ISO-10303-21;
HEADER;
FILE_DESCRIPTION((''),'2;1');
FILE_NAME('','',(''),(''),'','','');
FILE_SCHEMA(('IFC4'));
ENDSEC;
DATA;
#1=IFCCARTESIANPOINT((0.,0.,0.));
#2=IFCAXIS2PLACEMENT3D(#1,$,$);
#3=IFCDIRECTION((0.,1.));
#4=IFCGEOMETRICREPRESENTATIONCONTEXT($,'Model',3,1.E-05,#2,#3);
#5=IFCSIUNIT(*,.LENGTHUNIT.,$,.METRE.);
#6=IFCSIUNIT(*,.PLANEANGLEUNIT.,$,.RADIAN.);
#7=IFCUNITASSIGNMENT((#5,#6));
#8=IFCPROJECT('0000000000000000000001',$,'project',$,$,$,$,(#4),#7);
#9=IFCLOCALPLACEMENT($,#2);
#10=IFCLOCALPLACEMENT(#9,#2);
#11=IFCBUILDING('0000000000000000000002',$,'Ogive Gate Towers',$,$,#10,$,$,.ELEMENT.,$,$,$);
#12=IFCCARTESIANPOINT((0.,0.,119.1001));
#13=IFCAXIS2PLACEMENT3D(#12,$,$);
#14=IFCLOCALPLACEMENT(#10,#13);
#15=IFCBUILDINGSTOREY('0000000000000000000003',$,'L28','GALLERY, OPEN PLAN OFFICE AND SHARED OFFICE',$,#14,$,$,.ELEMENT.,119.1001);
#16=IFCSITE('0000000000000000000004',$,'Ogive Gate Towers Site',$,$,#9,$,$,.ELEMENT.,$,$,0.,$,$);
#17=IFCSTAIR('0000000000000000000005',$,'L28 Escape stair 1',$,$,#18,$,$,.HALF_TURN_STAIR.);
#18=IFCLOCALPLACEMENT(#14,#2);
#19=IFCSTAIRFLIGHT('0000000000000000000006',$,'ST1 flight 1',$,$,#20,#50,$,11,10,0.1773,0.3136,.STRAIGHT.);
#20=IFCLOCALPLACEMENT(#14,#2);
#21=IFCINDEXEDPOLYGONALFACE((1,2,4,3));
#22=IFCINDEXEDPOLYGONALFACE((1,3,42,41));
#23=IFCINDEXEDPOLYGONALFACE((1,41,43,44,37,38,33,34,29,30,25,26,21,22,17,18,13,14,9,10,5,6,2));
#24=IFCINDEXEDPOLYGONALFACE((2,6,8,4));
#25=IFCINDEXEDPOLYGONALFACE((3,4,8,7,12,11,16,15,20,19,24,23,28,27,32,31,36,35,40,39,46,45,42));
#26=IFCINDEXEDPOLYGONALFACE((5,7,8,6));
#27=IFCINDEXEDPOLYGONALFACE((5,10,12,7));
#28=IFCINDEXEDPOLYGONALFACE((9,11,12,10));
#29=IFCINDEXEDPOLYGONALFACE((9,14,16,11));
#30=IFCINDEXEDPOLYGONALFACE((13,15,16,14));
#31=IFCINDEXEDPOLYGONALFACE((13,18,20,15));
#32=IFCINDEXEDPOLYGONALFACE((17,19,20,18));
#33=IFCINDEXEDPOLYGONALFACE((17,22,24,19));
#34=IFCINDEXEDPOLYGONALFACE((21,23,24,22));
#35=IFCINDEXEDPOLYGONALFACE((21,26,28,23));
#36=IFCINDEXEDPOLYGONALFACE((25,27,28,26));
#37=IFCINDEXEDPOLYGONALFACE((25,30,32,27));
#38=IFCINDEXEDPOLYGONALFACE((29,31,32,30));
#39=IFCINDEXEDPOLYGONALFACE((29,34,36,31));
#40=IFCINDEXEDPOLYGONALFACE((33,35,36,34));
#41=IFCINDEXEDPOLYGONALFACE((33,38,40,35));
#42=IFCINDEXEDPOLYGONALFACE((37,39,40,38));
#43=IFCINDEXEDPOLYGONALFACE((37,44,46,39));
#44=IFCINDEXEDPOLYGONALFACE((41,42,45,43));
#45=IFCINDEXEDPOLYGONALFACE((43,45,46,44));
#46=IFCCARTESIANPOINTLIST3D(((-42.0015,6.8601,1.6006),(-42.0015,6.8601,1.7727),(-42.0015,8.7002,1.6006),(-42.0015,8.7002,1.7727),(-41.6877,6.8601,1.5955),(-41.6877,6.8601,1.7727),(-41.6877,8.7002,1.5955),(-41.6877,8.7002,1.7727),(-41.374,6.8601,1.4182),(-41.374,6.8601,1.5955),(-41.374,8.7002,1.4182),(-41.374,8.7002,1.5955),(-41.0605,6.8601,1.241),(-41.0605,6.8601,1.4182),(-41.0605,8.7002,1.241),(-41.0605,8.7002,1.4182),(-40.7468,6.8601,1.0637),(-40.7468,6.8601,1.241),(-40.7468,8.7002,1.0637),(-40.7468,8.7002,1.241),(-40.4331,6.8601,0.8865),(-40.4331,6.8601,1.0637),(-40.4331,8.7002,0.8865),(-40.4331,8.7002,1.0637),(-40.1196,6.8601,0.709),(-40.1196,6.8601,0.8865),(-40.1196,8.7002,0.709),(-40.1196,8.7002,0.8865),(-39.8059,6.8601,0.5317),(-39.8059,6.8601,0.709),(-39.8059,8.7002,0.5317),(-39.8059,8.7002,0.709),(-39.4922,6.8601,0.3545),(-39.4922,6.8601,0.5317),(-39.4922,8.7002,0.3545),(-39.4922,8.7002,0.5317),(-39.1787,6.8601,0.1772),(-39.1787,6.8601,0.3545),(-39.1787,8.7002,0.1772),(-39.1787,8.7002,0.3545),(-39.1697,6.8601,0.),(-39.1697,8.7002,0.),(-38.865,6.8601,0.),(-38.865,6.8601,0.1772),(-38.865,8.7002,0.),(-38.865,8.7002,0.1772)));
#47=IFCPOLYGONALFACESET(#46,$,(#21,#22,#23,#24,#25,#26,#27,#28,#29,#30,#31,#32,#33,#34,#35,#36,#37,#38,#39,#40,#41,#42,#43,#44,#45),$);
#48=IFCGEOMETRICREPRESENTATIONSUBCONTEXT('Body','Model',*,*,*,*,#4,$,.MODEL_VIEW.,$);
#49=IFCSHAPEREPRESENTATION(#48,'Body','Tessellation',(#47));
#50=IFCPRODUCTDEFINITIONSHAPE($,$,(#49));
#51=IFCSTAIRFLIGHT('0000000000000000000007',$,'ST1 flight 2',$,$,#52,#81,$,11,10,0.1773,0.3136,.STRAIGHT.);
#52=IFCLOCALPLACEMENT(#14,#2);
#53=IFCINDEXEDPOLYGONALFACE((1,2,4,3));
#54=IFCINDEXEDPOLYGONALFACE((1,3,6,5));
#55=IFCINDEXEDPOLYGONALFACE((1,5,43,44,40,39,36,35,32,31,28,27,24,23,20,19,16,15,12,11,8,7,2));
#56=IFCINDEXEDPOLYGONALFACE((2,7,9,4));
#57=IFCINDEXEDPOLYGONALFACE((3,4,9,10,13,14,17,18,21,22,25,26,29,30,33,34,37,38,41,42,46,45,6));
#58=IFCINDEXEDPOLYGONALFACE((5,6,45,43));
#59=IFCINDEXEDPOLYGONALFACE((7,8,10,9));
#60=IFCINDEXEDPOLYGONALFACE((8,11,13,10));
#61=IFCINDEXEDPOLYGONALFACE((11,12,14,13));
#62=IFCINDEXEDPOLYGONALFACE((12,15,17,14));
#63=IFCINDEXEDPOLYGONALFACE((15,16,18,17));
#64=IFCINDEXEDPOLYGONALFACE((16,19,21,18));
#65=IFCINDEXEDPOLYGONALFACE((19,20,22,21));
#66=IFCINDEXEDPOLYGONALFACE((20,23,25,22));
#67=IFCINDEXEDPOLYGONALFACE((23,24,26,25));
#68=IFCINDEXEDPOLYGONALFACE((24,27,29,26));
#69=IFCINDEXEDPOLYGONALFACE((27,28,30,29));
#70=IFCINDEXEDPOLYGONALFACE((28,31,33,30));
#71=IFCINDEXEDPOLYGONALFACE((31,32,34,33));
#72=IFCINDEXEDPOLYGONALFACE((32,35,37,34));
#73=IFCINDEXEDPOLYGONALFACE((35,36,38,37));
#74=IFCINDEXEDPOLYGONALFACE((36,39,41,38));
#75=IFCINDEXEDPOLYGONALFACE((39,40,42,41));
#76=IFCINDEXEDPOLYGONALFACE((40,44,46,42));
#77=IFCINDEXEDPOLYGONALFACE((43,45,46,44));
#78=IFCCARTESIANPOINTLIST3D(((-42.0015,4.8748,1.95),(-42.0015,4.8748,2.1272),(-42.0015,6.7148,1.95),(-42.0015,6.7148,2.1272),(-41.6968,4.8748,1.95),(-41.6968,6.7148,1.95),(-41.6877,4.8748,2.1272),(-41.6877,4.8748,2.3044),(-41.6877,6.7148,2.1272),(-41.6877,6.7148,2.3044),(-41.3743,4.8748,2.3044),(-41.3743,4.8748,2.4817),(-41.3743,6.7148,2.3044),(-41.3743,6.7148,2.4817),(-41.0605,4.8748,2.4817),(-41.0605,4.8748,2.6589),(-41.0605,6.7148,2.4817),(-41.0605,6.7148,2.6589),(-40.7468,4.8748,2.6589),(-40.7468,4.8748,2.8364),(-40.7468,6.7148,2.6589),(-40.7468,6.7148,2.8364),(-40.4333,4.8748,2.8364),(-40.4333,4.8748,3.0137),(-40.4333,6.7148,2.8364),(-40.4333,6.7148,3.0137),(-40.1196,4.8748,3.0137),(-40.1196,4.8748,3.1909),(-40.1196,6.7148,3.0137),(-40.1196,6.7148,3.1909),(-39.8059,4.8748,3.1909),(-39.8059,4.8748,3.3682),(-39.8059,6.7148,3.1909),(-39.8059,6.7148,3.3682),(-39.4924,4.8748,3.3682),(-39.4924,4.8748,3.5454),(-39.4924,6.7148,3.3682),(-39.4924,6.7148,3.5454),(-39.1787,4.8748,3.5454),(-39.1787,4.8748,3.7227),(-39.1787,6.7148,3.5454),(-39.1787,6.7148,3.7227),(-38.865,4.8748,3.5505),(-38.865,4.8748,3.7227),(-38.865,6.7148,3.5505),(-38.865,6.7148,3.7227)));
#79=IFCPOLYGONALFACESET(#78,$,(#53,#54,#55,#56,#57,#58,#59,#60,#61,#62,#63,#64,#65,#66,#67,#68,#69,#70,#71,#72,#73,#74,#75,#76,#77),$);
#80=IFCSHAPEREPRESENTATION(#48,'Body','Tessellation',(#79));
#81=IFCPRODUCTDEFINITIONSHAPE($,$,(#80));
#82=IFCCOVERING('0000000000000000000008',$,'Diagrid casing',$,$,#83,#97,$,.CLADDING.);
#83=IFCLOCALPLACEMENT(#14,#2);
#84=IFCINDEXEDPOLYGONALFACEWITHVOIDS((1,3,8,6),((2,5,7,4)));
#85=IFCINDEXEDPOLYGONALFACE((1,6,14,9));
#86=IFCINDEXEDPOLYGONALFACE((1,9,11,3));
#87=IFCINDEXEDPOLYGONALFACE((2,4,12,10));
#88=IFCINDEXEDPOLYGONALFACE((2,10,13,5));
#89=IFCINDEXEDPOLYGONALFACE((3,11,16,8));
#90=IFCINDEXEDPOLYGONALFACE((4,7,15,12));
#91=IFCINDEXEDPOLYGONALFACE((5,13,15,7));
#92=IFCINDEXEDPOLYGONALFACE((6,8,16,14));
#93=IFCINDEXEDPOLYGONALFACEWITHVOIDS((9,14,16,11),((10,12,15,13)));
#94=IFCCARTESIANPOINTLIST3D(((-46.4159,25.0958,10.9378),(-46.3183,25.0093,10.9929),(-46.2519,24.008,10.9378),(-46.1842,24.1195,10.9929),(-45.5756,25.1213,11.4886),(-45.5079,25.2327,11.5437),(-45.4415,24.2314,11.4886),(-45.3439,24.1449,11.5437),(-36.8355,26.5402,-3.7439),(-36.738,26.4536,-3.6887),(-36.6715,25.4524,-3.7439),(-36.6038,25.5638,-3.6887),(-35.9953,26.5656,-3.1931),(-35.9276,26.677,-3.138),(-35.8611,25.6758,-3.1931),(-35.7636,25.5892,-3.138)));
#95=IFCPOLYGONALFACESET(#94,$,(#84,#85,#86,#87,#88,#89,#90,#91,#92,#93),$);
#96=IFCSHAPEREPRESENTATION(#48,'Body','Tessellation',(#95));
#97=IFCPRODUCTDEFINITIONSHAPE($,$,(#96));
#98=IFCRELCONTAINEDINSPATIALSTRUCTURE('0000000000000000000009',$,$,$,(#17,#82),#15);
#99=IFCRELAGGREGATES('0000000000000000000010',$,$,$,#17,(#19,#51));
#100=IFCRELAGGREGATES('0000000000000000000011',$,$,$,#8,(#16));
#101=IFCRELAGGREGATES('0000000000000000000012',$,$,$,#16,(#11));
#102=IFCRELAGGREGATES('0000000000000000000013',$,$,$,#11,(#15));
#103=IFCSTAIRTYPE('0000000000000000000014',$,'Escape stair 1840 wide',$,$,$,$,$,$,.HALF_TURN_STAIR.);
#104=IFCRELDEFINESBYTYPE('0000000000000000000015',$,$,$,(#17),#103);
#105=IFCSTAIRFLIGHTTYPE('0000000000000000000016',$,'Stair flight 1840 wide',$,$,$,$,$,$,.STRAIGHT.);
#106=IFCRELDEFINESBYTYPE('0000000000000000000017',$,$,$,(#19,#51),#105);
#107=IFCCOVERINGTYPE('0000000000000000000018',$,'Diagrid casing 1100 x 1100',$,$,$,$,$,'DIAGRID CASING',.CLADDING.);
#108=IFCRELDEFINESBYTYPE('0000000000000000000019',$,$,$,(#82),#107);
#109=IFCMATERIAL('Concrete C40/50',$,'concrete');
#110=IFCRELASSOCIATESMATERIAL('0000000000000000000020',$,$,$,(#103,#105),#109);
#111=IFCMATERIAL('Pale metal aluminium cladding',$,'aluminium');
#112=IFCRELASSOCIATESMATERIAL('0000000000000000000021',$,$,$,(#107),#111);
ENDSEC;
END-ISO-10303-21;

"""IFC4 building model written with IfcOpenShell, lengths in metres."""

from ifc_helpers import new_model, si_unit, direction, frame, origin, origin_2d, place, context, subcontext, project, spatial, polyline, hollow_rectangle, outline, extrude, material, material_profile, profile_set, type_object, element, aggregate, save


model = new_model("IFC4")

# Units and contexts
model_context = context("Model", 3, precision=1e-05, world=origin(), true_north=direction((0.0, 1.0)))
body_context = subcontext(model_context, "Body", "Model", "MODEL_VIEW")
ifc_project = project(units=[si_unit("LENGTHUNIT", "METRE"), si_unit("PLANEANGLEUNIT", "RADIAN")], contexts=[model_context])

# Site, building, storey
site_placement = place(None, origin())
site = spatial("IfcSite", under=ifc_project, at=site_placement, Name="Ogive Gate Towers Site", CompositionType="ELEMENT", RefElevation=0.0)
building_placement = place(site_placement, origin())
building = spatial("IfcBuilding", under=site, at=building_placement, Name="Ogive Gate Towers", CompositionType="ELEMENT")
storey_placement = place(building_placement, frame((0.0, 0.0, 119.1001)))
storey = spatial("IfcBuildingStorey", under=building, at=storey_placement, Name="L28", Description="GALLERY, OPEN PLAN OFFICE AND SHARED OFFICE", CompositionType="ELEMENT", Elevation=119.1001)

# Stair, stair flights
ifc_material_1 = material(Name="Concrete C40/50", Category="concrete")
stair_type = type_object("IfcStairType", Name="Escape stair 1840 wide", PredefinedType="HALF_TURN_STAIR", material=ifc_material_1)
stair_placement = place(storey_placement, origin())
stair = element("IfcStair", 1, at=stair_placement, inside=storey, type_object=stair_type, Name="L28 Escape stair 1", PredefinedType="HALF_TURN_STAIR")
stair_flight_type = type_object("IfcStairFlightType", Name="Stair flight 1840 wide", PredefinedType="STRAIGHT", material=ifc_material_1)
stair_flight_1_placement = place(storey_placement, frame((-38.865, 7.78, 0.0), z_axis=(0.0, 0.0, 1.0), x_axis=(-1.0, 0.0, 0.0)))
stair_flight_1 = element("IfcStairFlight", 2, at=stair_flight_1_placement, type_object=stair_flight_type, Name="ST1 flight 1", NumberOfRisers=11, NumberOfTreads=10, PredefinedType="STRAIGHT", RiserHeight=0.1773, TreadLength=0.3136, context=body_context, shape_type="SweptSolid", body=[
    extrude(outline(polyline([(0.0, 0.0), (0.0, 0.1772), (0.3137, 0.1772), (0.3137, 0.3545), (0.6272, 0.3545), (0.6272, 0.5317), (0.9409, 0.5317), (0.9409, 0.709), (1.2546, 0.709), (1.2546, 0.8865), (1.5681, 0.8865), (1.5681, 1.0637), (1.8818, 1.0637), (1.8818, 1.241), (2.1956, 1.241), (2.1956, 1.4182), (2.509, 1.4182), (2.509, 1.5955), (2.8228, 1.5955), (2.8228, 1.7727), (3.1365, 1.7727), (3.1365, 1.95), (3.1365, 1.6006), (0.3047, 0.0), (0.0, 0.0)])), frame((0.0, 0.9199, 0.0), z_axis=(0.0, -1.0, 0.0), x_axis=(1.0, 0.0, 0.0)), (0.0, 0.0, 1.0), 1.8401),
])
stair_flight_2_placement = place(storey_placement, frame((-42.0015, 5.7949, 1.95), z_axis=(0.0, 0.0, 1.0), x_axis=(1.0, 0.0, 0.0)))
stair_flight_2 = element("IfcStairFlight", 3, at=stair_flight_2_placement, type_object=stair_flight_type, Name="ST1 flight 2", NumberOfRisers=11, NumberOfTreads=10, PredefinedType="STRAIGHT", RiserHeight=0.1773, TreadLength=0.3136, context=body_context, shape_type="SweptSolid", body=[
    extrude(outline(polyline([(0.0, 0.0), (0.0, 0.1772), (0.3137, 0.1772), (0.3137, 0.3545), (0.6272, 0.3545), (0.6272, 0.5317), (0.9409, 0.5317), (0.9409, 0.709), (1.2546, 0.709), (1.2546, 0.8865), (1.5681, 0.8865), (1.5681, 1.0637), (1.8818, 1.0637), (1.8818, 1.241), (2.1956, 1.241), (2.1956, 1.4182), (2.509, 1.4182), (2.509, 1.5955), (2.8228, 1.5955), (2.8228, 1.7727), (3.1365, 1.7727), (3.1365, 1.95), (3.1365, 1.6006), (0.3047, 0.0), (0.0, 0.0)])), frame((0.0, 0.9199, 0.0), z_axis=(0.0, -1.0, 0.0), x_axis=(1.0, 0.0, 0.0)), (0.0, 0.0, 1.0), 1.8401),
])
aggregate(stair, [stair_flight_1, stair_flight_2])

# Covering
ifc_material_2 = material(Name="Pale metal aluminium cladding", Category="aluminium")
ifc_material_profile_1 = material_profile(ifc_material_2, hollow_rectangle(XDim=1.1001, YDim=1.1001, WallThickness=0.1001, at=origin_2d()), Name="1100 x 1100 pale metal casing")
ifc_profile_set_1 = profile_set([ifc_material_profile_1], Name="Pale metal aluminium cladding")
covering_type = type_object("IfcCoveringType", Name="Diagrid casing 1100 x 1100", ElementType="DIAGRID CASING", PredefinedType="CLADDING", material=ifc_profile_set_1)
covering_placement = place(storey_placement, frame((-36.2996, 26.0647, -3.4409), z_axis=(-0.544636, -0.08211, 0.834643), x_axis=(0.149076, -0.988826, 0.0)))
element("IfcCovering", 4, at=covering_placement, inside=storey, type_object=covering_type, Name="Diagrid casing", PredefinedType="CLADDING", context=body_context, shape_type="SweptSolid", body=[
    extrude(hollow_rectangle(XDim=1.1001, YDim=1.1001, WallThickness=0.1001, at=origin_2d()), origin(), (0.0, 0.0, 1.0), 17.5903),
])

save(model, "model.ifc")
